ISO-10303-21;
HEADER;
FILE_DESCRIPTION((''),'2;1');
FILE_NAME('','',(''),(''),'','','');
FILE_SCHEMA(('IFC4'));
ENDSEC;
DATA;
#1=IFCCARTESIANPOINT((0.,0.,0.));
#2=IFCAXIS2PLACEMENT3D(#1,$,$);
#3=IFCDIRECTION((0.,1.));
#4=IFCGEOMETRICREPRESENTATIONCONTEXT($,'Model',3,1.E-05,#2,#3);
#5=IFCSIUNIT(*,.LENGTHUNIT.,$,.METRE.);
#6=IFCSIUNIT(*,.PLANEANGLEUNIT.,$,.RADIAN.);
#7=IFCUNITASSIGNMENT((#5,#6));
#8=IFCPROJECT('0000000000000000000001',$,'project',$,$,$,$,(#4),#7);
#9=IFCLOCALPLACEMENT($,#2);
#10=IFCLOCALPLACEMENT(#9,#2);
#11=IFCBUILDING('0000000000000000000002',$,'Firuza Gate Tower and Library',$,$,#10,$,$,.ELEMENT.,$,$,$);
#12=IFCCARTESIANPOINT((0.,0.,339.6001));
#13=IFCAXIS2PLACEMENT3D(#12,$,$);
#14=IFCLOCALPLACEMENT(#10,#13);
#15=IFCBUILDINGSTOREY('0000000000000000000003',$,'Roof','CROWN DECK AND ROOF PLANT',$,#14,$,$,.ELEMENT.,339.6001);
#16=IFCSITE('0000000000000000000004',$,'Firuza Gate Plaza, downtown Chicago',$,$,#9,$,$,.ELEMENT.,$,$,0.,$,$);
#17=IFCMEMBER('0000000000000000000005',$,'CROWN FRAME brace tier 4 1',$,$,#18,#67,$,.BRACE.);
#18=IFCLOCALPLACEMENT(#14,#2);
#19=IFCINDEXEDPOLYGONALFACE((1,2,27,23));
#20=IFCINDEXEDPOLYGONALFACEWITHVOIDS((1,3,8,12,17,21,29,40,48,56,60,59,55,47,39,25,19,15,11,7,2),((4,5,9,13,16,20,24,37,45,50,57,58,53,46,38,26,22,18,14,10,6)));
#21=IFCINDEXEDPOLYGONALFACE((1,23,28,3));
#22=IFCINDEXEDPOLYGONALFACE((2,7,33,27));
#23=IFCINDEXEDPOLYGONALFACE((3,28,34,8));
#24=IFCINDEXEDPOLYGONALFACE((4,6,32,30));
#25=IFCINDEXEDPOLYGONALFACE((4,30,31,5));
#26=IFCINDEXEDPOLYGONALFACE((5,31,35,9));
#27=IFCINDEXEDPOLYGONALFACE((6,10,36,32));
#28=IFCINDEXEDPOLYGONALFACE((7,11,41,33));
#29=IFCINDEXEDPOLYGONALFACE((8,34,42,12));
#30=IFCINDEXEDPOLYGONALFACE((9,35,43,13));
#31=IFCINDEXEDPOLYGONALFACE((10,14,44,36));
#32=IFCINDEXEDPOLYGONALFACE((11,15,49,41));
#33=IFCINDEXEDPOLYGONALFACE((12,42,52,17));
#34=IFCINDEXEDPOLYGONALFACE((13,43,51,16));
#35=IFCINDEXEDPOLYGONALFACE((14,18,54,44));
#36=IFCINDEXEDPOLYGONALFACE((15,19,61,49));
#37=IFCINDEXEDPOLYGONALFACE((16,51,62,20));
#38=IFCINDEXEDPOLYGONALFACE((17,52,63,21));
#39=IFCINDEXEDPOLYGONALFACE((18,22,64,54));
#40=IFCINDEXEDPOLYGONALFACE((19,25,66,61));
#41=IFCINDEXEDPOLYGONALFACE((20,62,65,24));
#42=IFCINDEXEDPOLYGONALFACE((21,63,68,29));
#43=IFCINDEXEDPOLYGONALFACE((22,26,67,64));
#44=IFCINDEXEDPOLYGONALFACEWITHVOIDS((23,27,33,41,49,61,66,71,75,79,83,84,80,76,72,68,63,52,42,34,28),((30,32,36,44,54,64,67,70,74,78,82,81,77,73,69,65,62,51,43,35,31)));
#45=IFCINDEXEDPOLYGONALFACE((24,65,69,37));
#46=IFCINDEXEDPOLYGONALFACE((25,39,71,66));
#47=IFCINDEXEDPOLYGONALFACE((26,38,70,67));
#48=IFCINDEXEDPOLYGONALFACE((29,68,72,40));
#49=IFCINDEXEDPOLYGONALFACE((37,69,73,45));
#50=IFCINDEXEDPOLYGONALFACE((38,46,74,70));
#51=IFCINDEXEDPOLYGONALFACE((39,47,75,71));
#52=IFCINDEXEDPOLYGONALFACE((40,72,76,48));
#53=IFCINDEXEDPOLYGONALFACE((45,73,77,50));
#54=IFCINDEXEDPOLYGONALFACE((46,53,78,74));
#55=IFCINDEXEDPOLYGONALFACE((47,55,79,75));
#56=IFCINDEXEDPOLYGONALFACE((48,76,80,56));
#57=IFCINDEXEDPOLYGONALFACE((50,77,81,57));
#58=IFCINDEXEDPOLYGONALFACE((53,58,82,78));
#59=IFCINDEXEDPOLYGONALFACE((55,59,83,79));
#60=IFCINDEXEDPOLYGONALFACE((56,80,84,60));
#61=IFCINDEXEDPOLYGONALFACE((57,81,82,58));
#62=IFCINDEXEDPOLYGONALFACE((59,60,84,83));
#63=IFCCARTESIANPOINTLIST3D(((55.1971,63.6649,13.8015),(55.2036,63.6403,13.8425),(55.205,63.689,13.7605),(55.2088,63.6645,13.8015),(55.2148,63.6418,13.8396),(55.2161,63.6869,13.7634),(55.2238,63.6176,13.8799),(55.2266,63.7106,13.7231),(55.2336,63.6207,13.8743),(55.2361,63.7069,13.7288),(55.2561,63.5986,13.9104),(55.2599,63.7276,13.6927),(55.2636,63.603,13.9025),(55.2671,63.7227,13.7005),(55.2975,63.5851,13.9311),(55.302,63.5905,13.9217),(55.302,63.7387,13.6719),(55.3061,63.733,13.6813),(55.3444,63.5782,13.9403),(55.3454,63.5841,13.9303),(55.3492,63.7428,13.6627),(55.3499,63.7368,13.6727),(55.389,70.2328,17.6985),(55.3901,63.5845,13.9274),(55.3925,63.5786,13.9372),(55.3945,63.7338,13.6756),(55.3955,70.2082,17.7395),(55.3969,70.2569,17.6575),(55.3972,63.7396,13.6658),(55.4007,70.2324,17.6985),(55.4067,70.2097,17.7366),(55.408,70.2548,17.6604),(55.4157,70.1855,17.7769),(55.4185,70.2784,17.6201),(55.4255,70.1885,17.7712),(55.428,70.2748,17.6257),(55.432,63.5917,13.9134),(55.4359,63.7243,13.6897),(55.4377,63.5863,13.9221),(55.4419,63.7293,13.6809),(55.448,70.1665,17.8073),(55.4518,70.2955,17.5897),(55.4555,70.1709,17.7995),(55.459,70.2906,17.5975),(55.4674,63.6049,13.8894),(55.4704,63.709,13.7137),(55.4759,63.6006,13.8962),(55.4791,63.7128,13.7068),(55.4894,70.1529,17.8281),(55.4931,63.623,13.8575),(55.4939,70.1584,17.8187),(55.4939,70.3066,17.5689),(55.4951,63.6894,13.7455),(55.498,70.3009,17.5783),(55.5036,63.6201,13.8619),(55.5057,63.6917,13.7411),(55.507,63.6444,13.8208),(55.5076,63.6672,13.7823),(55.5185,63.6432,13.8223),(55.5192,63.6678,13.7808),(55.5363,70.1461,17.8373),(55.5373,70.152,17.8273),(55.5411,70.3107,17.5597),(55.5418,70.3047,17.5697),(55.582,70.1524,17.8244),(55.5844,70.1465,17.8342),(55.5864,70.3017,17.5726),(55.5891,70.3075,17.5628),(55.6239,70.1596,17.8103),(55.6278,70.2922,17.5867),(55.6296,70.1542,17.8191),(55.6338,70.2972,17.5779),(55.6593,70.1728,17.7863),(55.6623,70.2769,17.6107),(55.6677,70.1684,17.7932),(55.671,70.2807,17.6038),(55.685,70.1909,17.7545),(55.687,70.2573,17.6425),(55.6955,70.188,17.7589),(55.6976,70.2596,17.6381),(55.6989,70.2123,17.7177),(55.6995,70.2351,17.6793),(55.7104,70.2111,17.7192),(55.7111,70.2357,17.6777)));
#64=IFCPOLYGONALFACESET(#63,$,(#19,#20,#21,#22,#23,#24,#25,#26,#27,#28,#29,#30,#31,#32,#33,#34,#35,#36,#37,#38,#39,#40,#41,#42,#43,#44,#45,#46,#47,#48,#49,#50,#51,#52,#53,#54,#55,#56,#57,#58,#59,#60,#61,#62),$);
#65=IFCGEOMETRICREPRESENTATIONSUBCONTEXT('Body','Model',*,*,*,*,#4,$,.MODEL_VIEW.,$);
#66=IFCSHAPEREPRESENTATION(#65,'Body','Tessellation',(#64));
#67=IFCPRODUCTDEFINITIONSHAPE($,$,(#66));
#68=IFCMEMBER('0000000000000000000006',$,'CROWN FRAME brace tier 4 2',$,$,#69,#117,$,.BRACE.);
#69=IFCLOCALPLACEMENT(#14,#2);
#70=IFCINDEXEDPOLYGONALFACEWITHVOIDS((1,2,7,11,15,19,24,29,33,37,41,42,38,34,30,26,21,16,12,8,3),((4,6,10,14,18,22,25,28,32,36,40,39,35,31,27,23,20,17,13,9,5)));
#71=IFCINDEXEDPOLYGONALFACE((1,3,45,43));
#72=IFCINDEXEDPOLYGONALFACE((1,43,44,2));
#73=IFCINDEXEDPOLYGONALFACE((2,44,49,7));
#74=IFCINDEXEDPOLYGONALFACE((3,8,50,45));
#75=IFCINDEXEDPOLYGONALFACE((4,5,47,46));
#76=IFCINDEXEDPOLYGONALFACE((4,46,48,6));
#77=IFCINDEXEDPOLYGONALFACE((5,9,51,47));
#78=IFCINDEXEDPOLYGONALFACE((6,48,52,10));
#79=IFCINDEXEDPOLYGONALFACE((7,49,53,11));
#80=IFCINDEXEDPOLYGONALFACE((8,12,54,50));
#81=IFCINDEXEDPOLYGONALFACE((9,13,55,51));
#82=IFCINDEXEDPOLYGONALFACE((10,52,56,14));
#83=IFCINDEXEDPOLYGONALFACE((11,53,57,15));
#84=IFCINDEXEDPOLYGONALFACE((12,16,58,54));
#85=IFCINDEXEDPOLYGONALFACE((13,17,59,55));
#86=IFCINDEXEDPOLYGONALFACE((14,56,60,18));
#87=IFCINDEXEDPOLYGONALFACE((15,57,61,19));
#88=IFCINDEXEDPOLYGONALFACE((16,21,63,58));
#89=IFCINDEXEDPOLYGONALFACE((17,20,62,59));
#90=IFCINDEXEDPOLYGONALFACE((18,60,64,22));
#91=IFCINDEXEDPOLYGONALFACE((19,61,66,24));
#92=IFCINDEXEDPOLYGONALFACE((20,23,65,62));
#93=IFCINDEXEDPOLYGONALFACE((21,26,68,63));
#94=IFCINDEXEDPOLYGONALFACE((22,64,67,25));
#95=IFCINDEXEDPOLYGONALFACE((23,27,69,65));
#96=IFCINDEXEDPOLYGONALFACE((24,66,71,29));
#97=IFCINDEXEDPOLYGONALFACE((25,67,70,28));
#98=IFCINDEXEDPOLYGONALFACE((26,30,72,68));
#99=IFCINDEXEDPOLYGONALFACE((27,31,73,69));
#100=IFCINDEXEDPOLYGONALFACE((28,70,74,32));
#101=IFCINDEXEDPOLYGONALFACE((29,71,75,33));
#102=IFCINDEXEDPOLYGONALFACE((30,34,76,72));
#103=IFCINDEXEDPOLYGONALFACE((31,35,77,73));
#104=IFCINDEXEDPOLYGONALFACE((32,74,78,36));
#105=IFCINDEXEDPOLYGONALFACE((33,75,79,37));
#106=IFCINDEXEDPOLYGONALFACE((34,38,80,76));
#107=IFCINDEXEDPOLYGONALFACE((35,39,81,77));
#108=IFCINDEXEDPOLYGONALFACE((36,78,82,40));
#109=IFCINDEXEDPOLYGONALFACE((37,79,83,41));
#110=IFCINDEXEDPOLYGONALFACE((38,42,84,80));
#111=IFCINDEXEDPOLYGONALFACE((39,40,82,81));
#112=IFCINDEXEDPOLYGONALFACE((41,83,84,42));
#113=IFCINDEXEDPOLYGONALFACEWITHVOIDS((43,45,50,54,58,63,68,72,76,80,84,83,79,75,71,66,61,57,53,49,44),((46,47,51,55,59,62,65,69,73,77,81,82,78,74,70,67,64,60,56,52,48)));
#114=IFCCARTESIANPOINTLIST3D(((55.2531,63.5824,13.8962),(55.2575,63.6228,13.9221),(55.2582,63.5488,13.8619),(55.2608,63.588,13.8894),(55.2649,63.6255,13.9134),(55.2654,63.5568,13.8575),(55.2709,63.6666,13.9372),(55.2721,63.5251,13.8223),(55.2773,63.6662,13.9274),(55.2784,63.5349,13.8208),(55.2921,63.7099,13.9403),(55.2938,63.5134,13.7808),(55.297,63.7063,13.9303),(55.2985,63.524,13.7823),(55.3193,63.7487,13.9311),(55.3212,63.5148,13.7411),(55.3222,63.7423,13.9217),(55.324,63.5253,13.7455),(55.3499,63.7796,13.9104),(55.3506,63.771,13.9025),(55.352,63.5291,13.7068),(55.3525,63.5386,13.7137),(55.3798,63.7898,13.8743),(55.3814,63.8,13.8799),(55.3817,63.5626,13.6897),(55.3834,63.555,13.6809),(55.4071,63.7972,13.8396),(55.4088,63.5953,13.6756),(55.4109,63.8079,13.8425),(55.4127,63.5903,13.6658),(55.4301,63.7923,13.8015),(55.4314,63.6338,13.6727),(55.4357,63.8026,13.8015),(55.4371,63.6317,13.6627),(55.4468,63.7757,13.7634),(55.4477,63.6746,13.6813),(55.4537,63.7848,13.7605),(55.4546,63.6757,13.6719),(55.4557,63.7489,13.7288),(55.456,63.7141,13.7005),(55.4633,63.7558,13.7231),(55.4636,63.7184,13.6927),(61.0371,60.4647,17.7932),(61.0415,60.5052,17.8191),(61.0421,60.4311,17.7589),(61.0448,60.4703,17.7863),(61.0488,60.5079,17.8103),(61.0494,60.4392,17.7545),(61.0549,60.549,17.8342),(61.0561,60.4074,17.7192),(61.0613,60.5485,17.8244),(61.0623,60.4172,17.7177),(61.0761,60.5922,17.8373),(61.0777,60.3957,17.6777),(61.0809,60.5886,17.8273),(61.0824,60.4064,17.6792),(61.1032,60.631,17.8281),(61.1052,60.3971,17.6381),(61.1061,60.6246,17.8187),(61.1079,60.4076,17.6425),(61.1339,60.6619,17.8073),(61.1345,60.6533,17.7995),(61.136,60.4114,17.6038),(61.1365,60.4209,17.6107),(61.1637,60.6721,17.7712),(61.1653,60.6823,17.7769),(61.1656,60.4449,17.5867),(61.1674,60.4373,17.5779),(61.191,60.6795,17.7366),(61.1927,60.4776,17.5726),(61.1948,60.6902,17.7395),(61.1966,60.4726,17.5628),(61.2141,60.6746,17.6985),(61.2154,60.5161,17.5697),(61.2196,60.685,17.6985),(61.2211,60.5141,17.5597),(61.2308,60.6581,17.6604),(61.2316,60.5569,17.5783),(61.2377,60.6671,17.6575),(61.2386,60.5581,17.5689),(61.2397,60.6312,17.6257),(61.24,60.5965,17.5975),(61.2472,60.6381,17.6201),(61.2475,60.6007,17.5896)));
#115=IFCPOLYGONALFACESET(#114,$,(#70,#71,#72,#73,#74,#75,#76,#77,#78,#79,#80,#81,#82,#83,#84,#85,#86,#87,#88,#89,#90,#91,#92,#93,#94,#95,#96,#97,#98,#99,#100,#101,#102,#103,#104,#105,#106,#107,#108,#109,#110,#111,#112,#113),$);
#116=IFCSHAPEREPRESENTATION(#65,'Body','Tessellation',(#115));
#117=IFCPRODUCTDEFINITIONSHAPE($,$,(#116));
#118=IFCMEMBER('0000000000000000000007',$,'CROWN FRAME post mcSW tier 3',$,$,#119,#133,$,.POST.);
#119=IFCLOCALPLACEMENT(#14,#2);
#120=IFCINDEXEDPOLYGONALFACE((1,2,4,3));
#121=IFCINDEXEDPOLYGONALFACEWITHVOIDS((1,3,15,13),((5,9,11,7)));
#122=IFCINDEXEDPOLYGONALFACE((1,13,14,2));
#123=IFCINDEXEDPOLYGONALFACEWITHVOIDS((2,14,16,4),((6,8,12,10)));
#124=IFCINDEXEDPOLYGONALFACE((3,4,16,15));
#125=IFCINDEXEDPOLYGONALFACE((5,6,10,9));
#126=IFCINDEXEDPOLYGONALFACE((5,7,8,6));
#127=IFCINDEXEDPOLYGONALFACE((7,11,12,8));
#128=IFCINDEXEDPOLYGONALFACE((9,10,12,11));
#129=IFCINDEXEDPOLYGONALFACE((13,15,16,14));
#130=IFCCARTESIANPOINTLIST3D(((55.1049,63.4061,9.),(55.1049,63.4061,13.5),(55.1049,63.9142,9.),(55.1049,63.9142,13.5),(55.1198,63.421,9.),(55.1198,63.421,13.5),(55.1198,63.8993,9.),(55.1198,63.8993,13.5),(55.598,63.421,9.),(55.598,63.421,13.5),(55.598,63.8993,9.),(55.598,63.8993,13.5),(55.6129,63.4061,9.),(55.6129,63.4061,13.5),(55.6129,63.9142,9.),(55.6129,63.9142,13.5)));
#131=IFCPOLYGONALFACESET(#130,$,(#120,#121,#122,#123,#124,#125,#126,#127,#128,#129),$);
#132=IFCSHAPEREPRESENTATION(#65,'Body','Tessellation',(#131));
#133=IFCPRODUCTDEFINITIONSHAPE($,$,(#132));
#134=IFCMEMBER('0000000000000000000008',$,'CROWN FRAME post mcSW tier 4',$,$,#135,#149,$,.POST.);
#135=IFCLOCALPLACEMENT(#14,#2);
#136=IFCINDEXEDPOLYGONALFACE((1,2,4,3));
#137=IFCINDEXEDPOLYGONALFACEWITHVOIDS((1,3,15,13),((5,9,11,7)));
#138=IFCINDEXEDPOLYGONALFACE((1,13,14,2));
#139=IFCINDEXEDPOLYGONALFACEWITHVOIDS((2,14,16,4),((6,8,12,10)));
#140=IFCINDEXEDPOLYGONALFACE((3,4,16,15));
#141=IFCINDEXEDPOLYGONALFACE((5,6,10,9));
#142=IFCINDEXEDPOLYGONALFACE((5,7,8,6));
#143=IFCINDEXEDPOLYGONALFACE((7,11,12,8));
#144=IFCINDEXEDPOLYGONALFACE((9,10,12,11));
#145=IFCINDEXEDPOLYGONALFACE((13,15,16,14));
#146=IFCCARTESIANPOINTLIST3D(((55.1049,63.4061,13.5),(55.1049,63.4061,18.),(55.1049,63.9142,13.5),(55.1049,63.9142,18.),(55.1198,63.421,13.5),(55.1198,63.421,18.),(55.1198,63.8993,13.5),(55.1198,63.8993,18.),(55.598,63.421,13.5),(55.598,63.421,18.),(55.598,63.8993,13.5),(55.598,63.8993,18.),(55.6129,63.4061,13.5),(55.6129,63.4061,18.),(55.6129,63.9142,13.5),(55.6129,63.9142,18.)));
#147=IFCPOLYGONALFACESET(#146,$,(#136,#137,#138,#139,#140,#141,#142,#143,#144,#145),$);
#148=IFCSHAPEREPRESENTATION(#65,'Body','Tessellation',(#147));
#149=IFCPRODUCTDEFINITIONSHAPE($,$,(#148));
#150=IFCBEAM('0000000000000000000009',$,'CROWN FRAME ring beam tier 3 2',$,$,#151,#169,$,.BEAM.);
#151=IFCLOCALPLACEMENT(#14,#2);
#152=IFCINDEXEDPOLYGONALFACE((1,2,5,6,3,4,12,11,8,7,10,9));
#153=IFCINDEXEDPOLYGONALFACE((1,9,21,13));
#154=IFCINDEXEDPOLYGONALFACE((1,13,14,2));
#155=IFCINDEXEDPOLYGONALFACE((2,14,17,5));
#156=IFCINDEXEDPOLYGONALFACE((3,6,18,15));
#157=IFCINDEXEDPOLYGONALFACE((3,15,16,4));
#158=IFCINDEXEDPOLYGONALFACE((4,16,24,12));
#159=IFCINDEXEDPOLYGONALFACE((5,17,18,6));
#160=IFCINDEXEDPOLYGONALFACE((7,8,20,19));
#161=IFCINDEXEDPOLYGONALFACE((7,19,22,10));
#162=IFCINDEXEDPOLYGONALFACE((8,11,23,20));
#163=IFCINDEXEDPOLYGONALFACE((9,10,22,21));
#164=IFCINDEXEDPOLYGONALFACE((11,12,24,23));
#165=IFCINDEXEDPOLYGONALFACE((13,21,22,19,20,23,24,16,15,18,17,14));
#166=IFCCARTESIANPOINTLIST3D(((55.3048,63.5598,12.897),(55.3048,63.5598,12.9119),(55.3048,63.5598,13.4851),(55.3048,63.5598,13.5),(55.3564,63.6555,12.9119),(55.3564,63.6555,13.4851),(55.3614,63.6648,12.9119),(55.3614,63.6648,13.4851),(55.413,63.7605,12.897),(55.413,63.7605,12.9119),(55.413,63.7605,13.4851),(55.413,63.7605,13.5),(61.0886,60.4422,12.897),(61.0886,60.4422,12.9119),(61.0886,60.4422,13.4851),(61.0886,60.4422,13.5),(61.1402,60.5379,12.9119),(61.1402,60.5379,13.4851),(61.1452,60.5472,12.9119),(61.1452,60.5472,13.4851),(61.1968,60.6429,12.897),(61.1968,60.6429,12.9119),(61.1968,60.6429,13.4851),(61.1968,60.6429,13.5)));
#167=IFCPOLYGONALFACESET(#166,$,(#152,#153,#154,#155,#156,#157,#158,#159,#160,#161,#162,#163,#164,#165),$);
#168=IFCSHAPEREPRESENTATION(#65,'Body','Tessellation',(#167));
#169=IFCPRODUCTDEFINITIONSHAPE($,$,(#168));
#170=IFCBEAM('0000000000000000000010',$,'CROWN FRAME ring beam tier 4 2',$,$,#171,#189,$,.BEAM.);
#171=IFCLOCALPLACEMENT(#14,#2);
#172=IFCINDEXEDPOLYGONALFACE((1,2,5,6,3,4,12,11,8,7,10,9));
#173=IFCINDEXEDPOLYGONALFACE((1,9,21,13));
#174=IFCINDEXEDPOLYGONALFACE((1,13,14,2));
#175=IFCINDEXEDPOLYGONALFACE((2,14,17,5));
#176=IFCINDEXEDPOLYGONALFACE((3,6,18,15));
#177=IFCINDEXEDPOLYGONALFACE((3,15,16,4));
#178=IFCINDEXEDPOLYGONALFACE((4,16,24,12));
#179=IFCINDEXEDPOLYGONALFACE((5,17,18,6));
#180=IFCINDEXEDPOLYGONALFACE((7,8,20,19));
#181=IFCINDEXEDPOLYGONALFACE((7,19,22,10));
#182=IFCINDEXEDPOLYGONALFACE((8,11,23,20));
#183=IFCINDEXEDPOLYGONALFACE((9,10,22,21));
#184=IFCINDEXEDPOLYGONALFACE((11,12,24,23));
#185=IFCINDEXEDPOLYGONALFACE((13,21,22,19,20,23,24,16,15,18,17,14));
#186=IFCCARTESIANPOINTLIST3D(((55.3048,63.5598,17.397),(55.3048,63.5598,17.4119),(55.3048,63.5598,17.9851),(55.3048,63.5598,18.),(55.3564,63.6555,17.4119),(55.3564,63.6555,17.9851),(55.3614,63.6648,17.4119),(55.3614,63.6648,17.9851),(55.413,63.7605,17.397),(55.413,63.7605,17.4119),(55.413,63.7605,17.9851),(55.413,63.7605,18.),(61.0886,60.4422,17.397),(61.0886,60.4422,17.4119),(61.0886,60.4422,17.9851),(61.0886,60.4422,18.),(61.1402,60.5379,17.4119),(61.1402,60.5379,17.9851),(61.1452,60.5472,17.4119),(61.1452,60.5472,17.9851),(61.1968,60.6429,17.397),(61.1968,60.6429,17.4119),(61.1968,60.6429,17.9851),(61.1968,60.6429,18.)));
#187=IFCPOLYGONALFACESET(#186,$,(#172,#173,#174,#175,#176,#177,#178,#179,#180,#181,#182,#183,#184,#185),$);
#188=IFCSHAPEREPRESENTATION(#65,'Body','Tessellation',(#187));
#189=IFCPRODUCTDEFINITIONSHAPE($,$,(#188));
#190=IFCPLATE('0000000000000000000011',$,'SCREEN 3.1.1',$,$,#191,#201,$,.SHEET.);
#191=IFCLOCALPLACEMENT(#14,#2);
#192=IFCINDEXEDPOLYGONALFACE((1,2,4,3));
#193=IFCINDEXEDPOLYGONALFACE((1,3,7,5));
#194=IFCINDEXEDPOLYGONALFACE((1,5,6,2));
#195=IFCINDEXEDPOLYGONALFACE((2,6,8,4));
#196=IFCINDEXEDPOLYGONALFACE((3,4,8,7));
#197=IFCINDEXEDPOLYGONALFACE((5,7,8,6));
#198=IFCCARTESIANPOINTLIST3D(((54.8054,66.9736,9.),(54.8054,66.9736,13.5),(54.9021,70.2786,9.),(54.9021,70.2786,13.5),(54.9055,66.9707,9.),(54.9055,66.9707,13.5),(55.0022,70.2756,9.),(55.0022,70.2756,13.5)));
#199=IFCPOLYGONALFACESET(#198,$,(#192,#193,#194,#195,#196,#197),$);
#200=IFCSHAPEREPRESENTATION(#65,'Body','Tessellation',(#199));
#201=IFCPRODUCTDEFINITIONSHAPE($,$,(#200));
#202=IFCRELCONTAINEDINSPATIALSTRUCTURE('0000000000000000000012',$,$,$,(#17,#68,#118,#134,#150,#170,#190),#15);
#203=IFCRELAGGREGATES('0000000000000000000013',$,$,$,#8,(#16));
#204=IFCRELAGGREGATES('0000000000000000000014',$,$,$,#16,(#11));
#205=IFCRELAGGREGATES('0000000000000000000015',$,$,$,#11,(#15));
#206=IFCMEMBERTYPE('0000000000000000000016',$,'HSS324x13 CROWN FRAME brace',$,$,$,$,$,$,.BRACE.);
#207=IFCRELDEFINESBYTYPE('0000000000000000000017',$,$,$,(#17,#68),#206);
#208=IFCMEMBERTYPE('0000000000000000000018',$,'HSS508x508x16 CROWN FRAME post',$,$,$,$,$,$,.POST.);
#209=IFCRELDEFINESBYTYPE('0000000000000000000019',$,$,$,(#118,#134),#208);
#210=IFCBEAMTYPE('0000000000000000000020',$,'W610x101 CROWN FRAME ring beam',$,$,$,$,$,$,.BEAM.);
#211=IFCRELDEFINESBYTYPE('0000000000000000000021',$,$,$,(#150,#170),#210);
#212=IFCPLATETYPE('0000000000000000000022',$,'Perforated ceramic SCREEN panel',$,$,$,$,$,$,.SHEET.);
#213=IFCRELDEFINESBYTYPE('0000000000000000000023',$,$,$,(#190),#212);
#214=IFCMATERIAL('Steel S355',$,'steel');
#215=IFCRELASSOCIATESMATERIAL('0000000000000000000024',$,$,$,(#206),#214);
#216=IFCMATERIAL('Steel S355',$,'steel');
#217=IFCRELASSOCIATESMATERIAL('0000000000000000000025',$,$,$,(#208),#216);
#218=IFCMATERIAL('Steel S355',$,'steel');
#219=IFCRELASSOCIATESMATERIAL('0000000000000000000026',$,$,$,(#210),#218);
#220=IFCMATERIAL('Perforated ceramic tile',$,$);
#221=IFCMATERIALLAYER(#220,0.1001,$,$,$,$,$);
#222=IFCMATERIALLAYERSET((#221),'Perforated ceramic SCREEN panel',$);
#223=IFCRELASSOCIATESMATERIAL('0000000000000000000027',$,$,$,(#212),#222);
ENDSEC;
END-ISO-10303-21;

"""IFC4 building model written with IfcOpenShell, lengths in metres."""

from ifc_helpers import new_model, si_unit, direction, frame, origin, origin_2d, place, context, subcontext, project, spatial, polyline, hollow_rectangle, hollow_circle, i_section, outline, extrude, material, layer, layer_set, material_profile, profile_set, type_object, element, save


model = new_model("IFC4")

# Units and contexts
model_context = context("Model", 3, precision=1e-05, world=origin(), true_north=direction((0.0, 1.0)))
body_context = subcontext(model_context, "Body", "Model", "MODEL_VIEW")
ifc_project = project(units=[si_unit("LENGTHUNIT", "METRE"), si_unit("PLANEANGLEUNIT", "RADIAN")], contexts=[model_context])

# Site, building, storey
site_placement = place(None, origin())
site = spatial("IfcSite", under=ifc_project, at=site_placement, Name="Firuza Gate Plaza, downtown Chicago", CompositionType="ELEMENT", RefElevation=0.0)
building_placement = place(site_placement, origin())
building = spatial("IfcBuilding", under=site, at=building_placement, Name="Firuza Gate Tower and Library", CompositionType="ELEMENT")
storey_placement = place(building_placement, frame((0.0, 0.0, 339.6001)))
storey = spatial("IfcBuildingStorey", under=building, at=storey_placement, Name="Roof", Description="CROWN DECK AND ROOF PLANT", CompositionType="ELEMENT", Elevation=339.6001)

# Members
ifc_material_1 = material(Name="Steel S355", Category="steel")
ifc_material_profile_1 = material_profile(ifc_material_1, hollow_circle(Radius=0.1619, WallThickness=0.0117, at=origin_2d()))
ifc_profile_set_1 = profile_set([ifc_material_profile_1], Name="Steel S355")
member_type_1 = type_object("IfcMemberType", Name="HSS324x13 CROWN FRAME brace", PredefinedType="BRACE", material=ifc_profile_set_1)
for number, where, z_axis, x_axis, name in (
    (1, (55.3589, 63.6602, 13.8015), (0.025119, 0.859739, 0.510116), (-0.999573, 0.029205, 0.0), "CROWN FRAME brace tier 4 1"),
    (2, (55.3589, 63.6602, 13.8015), (0.757121, -0.408106, 0.510116), (0.474483, 0.880265, 0.0), "CROWN FRAME brace tier 4 2"),
):
    element("IfcMember", number, at=place(storey_placement, frame(where, z_axis=z_axis, x_axis=x_axis)), inside=storey, type_object=member_type_1, Name=name, PredefinedType="BRACE", context=body_context, shape_type="SweptSolid", body=[
        extrude(hollow_circle(Radius=0.1619, WallThickness=0.0117, at=origin_2d()), origin(), (0.0, 0.0, 1.0), 7.6394),
    ])
ifc_material_2 = material(Name="Steel S355", Category="steel")
ifc_material_profile_2 = material_profile(ifc_material_2, hollow_rectangle(XDim=0.5081, YDim=0.5081, WallThickness=0.0149, at=origin_2d()))
ifc_profile_set_2 = profile_set([ifc_material_profile_2], Name="Steel S355")
member_type_2 = type_object("IfcMemberType", Name="HSS508x508x16 CROWN FRAME post", PredefinedType="POST", material=ifc_profile_set_2)
for number, where, z_axis, x_axis, name in (
    (3, (55.3589, 63.6602, 9.0), (0.0, 0.0, 1.0), (1.0, 0.0, 0.0), "CROWN FRAME post mcSW tier 3"),
    (4, (55.3589, 63.6602, 13.5), (0.0, 0.0, 1.0), (1.0, 0.0, 0.0), "CROWN FRAME post mcSW tier 4"),
):
    element("IfcMember", number, at=place(storey_placement, frame(where, z_axis=z_axis, x_axis=x_axis)), inside=storey, type_object=member_type_2, Name=name, PredefinedType="POST", context=body_context, shape_type="SweptSolid", body=[
        extrude(hollow_rectangle(XDim=0.5081, YDim=0.5081, WallThickness=0.0149, at=origin_2d()), origin(), (0.0, 0.0, 1.0), 4.5),
    ])

# Beams
ifc_material_3 = material(Name="Steel S355", Category="steel")
ifc_material_profile_3 = material_profile(ifc_material_3, i_section(OverallWidth=0.228, OverallDepth=0.603, WebThickness=0.0105, FlangeThickness=0.0149, at=origin_2d()))
ifc_profile_set_3 = profile_set([ifc_material_profile_3], Name="Steel S355")
beam_type = type_object("IfcBeamType", Name="W610x101 CROWN FRAME ring beam", PredefinedType="BEAM", material=ifc_profile_set_3)
for number, where, z_axis, x_axis, name in (
    (5, (55.3589, 63.6602, 13.1985), (0.880265, -0.474483, 0.0), (0.474483, 0.880265, 0.0), "CROWN FRAME ring beam tier 3 2"),
    (6, (55.3589, 63.6602, 17.6985), (0.880265, -0.474483, 0.0), (0.474483, 0.880265, 0.0), "CROWN FRAME ring beam tier 4 2"),
):
    element("IfcBeam", number, at=place(storey_placement, frame(where, z_axis=z_axis, x_axis=x_axis)), inside=storey, type_object=beam_type, Name=name, PredefinedType="BEAM", context=body_context, shape_type="SweptSolid", body=[
        extrude(i_section(OverallWidth=0.228, OverallDepth=0.603, WebThickness=0.0105, FlangeThickness=0.0149, at=origin_2d()), origin(), (0.0, 0.0, 1.0), 6.5706),
    ])

# Plate
ifc_material_4 = material(Name="Perforated ceramic tile")
ifc_layer_1 = layer(ifc_material_4, 0.1001)
ifc_layer_set_1 = layer_set([ifc_layer_1], Name="Perforated ceramic SCREEN panel")
plate_type_1 = type_object("IfcPlateType", Name="Perforated ceramic SCREEN panel", PredefinedType="SHEET", material=ifc_layer_set_1)
plate_1_placement = place(storey_placement, frame((54.9021, 70.2786, 9.0), z_axis=(-0.999572, 0.029241, 0.0), x_axis=(-0.029241, -0.999572, 0.0)))
element("IfcPlate", 7, at=plate_1_placement, inside=storey, type_object=plate_type_1, Name="SCREEN 3.1.1", PredefinedType="SHEET", context=body_context, shape_type="SweptSolid", body=[
    extrude(outline(polyline([(0.0, 0.0), (3.3063, 0.0), (3.3063, 4.5), (0.0, 4.5), (0.0, 0.0)])), origin(), (0.0, 0.0, -1.0), 0.1001),
])

save(model, "model.ifc")
